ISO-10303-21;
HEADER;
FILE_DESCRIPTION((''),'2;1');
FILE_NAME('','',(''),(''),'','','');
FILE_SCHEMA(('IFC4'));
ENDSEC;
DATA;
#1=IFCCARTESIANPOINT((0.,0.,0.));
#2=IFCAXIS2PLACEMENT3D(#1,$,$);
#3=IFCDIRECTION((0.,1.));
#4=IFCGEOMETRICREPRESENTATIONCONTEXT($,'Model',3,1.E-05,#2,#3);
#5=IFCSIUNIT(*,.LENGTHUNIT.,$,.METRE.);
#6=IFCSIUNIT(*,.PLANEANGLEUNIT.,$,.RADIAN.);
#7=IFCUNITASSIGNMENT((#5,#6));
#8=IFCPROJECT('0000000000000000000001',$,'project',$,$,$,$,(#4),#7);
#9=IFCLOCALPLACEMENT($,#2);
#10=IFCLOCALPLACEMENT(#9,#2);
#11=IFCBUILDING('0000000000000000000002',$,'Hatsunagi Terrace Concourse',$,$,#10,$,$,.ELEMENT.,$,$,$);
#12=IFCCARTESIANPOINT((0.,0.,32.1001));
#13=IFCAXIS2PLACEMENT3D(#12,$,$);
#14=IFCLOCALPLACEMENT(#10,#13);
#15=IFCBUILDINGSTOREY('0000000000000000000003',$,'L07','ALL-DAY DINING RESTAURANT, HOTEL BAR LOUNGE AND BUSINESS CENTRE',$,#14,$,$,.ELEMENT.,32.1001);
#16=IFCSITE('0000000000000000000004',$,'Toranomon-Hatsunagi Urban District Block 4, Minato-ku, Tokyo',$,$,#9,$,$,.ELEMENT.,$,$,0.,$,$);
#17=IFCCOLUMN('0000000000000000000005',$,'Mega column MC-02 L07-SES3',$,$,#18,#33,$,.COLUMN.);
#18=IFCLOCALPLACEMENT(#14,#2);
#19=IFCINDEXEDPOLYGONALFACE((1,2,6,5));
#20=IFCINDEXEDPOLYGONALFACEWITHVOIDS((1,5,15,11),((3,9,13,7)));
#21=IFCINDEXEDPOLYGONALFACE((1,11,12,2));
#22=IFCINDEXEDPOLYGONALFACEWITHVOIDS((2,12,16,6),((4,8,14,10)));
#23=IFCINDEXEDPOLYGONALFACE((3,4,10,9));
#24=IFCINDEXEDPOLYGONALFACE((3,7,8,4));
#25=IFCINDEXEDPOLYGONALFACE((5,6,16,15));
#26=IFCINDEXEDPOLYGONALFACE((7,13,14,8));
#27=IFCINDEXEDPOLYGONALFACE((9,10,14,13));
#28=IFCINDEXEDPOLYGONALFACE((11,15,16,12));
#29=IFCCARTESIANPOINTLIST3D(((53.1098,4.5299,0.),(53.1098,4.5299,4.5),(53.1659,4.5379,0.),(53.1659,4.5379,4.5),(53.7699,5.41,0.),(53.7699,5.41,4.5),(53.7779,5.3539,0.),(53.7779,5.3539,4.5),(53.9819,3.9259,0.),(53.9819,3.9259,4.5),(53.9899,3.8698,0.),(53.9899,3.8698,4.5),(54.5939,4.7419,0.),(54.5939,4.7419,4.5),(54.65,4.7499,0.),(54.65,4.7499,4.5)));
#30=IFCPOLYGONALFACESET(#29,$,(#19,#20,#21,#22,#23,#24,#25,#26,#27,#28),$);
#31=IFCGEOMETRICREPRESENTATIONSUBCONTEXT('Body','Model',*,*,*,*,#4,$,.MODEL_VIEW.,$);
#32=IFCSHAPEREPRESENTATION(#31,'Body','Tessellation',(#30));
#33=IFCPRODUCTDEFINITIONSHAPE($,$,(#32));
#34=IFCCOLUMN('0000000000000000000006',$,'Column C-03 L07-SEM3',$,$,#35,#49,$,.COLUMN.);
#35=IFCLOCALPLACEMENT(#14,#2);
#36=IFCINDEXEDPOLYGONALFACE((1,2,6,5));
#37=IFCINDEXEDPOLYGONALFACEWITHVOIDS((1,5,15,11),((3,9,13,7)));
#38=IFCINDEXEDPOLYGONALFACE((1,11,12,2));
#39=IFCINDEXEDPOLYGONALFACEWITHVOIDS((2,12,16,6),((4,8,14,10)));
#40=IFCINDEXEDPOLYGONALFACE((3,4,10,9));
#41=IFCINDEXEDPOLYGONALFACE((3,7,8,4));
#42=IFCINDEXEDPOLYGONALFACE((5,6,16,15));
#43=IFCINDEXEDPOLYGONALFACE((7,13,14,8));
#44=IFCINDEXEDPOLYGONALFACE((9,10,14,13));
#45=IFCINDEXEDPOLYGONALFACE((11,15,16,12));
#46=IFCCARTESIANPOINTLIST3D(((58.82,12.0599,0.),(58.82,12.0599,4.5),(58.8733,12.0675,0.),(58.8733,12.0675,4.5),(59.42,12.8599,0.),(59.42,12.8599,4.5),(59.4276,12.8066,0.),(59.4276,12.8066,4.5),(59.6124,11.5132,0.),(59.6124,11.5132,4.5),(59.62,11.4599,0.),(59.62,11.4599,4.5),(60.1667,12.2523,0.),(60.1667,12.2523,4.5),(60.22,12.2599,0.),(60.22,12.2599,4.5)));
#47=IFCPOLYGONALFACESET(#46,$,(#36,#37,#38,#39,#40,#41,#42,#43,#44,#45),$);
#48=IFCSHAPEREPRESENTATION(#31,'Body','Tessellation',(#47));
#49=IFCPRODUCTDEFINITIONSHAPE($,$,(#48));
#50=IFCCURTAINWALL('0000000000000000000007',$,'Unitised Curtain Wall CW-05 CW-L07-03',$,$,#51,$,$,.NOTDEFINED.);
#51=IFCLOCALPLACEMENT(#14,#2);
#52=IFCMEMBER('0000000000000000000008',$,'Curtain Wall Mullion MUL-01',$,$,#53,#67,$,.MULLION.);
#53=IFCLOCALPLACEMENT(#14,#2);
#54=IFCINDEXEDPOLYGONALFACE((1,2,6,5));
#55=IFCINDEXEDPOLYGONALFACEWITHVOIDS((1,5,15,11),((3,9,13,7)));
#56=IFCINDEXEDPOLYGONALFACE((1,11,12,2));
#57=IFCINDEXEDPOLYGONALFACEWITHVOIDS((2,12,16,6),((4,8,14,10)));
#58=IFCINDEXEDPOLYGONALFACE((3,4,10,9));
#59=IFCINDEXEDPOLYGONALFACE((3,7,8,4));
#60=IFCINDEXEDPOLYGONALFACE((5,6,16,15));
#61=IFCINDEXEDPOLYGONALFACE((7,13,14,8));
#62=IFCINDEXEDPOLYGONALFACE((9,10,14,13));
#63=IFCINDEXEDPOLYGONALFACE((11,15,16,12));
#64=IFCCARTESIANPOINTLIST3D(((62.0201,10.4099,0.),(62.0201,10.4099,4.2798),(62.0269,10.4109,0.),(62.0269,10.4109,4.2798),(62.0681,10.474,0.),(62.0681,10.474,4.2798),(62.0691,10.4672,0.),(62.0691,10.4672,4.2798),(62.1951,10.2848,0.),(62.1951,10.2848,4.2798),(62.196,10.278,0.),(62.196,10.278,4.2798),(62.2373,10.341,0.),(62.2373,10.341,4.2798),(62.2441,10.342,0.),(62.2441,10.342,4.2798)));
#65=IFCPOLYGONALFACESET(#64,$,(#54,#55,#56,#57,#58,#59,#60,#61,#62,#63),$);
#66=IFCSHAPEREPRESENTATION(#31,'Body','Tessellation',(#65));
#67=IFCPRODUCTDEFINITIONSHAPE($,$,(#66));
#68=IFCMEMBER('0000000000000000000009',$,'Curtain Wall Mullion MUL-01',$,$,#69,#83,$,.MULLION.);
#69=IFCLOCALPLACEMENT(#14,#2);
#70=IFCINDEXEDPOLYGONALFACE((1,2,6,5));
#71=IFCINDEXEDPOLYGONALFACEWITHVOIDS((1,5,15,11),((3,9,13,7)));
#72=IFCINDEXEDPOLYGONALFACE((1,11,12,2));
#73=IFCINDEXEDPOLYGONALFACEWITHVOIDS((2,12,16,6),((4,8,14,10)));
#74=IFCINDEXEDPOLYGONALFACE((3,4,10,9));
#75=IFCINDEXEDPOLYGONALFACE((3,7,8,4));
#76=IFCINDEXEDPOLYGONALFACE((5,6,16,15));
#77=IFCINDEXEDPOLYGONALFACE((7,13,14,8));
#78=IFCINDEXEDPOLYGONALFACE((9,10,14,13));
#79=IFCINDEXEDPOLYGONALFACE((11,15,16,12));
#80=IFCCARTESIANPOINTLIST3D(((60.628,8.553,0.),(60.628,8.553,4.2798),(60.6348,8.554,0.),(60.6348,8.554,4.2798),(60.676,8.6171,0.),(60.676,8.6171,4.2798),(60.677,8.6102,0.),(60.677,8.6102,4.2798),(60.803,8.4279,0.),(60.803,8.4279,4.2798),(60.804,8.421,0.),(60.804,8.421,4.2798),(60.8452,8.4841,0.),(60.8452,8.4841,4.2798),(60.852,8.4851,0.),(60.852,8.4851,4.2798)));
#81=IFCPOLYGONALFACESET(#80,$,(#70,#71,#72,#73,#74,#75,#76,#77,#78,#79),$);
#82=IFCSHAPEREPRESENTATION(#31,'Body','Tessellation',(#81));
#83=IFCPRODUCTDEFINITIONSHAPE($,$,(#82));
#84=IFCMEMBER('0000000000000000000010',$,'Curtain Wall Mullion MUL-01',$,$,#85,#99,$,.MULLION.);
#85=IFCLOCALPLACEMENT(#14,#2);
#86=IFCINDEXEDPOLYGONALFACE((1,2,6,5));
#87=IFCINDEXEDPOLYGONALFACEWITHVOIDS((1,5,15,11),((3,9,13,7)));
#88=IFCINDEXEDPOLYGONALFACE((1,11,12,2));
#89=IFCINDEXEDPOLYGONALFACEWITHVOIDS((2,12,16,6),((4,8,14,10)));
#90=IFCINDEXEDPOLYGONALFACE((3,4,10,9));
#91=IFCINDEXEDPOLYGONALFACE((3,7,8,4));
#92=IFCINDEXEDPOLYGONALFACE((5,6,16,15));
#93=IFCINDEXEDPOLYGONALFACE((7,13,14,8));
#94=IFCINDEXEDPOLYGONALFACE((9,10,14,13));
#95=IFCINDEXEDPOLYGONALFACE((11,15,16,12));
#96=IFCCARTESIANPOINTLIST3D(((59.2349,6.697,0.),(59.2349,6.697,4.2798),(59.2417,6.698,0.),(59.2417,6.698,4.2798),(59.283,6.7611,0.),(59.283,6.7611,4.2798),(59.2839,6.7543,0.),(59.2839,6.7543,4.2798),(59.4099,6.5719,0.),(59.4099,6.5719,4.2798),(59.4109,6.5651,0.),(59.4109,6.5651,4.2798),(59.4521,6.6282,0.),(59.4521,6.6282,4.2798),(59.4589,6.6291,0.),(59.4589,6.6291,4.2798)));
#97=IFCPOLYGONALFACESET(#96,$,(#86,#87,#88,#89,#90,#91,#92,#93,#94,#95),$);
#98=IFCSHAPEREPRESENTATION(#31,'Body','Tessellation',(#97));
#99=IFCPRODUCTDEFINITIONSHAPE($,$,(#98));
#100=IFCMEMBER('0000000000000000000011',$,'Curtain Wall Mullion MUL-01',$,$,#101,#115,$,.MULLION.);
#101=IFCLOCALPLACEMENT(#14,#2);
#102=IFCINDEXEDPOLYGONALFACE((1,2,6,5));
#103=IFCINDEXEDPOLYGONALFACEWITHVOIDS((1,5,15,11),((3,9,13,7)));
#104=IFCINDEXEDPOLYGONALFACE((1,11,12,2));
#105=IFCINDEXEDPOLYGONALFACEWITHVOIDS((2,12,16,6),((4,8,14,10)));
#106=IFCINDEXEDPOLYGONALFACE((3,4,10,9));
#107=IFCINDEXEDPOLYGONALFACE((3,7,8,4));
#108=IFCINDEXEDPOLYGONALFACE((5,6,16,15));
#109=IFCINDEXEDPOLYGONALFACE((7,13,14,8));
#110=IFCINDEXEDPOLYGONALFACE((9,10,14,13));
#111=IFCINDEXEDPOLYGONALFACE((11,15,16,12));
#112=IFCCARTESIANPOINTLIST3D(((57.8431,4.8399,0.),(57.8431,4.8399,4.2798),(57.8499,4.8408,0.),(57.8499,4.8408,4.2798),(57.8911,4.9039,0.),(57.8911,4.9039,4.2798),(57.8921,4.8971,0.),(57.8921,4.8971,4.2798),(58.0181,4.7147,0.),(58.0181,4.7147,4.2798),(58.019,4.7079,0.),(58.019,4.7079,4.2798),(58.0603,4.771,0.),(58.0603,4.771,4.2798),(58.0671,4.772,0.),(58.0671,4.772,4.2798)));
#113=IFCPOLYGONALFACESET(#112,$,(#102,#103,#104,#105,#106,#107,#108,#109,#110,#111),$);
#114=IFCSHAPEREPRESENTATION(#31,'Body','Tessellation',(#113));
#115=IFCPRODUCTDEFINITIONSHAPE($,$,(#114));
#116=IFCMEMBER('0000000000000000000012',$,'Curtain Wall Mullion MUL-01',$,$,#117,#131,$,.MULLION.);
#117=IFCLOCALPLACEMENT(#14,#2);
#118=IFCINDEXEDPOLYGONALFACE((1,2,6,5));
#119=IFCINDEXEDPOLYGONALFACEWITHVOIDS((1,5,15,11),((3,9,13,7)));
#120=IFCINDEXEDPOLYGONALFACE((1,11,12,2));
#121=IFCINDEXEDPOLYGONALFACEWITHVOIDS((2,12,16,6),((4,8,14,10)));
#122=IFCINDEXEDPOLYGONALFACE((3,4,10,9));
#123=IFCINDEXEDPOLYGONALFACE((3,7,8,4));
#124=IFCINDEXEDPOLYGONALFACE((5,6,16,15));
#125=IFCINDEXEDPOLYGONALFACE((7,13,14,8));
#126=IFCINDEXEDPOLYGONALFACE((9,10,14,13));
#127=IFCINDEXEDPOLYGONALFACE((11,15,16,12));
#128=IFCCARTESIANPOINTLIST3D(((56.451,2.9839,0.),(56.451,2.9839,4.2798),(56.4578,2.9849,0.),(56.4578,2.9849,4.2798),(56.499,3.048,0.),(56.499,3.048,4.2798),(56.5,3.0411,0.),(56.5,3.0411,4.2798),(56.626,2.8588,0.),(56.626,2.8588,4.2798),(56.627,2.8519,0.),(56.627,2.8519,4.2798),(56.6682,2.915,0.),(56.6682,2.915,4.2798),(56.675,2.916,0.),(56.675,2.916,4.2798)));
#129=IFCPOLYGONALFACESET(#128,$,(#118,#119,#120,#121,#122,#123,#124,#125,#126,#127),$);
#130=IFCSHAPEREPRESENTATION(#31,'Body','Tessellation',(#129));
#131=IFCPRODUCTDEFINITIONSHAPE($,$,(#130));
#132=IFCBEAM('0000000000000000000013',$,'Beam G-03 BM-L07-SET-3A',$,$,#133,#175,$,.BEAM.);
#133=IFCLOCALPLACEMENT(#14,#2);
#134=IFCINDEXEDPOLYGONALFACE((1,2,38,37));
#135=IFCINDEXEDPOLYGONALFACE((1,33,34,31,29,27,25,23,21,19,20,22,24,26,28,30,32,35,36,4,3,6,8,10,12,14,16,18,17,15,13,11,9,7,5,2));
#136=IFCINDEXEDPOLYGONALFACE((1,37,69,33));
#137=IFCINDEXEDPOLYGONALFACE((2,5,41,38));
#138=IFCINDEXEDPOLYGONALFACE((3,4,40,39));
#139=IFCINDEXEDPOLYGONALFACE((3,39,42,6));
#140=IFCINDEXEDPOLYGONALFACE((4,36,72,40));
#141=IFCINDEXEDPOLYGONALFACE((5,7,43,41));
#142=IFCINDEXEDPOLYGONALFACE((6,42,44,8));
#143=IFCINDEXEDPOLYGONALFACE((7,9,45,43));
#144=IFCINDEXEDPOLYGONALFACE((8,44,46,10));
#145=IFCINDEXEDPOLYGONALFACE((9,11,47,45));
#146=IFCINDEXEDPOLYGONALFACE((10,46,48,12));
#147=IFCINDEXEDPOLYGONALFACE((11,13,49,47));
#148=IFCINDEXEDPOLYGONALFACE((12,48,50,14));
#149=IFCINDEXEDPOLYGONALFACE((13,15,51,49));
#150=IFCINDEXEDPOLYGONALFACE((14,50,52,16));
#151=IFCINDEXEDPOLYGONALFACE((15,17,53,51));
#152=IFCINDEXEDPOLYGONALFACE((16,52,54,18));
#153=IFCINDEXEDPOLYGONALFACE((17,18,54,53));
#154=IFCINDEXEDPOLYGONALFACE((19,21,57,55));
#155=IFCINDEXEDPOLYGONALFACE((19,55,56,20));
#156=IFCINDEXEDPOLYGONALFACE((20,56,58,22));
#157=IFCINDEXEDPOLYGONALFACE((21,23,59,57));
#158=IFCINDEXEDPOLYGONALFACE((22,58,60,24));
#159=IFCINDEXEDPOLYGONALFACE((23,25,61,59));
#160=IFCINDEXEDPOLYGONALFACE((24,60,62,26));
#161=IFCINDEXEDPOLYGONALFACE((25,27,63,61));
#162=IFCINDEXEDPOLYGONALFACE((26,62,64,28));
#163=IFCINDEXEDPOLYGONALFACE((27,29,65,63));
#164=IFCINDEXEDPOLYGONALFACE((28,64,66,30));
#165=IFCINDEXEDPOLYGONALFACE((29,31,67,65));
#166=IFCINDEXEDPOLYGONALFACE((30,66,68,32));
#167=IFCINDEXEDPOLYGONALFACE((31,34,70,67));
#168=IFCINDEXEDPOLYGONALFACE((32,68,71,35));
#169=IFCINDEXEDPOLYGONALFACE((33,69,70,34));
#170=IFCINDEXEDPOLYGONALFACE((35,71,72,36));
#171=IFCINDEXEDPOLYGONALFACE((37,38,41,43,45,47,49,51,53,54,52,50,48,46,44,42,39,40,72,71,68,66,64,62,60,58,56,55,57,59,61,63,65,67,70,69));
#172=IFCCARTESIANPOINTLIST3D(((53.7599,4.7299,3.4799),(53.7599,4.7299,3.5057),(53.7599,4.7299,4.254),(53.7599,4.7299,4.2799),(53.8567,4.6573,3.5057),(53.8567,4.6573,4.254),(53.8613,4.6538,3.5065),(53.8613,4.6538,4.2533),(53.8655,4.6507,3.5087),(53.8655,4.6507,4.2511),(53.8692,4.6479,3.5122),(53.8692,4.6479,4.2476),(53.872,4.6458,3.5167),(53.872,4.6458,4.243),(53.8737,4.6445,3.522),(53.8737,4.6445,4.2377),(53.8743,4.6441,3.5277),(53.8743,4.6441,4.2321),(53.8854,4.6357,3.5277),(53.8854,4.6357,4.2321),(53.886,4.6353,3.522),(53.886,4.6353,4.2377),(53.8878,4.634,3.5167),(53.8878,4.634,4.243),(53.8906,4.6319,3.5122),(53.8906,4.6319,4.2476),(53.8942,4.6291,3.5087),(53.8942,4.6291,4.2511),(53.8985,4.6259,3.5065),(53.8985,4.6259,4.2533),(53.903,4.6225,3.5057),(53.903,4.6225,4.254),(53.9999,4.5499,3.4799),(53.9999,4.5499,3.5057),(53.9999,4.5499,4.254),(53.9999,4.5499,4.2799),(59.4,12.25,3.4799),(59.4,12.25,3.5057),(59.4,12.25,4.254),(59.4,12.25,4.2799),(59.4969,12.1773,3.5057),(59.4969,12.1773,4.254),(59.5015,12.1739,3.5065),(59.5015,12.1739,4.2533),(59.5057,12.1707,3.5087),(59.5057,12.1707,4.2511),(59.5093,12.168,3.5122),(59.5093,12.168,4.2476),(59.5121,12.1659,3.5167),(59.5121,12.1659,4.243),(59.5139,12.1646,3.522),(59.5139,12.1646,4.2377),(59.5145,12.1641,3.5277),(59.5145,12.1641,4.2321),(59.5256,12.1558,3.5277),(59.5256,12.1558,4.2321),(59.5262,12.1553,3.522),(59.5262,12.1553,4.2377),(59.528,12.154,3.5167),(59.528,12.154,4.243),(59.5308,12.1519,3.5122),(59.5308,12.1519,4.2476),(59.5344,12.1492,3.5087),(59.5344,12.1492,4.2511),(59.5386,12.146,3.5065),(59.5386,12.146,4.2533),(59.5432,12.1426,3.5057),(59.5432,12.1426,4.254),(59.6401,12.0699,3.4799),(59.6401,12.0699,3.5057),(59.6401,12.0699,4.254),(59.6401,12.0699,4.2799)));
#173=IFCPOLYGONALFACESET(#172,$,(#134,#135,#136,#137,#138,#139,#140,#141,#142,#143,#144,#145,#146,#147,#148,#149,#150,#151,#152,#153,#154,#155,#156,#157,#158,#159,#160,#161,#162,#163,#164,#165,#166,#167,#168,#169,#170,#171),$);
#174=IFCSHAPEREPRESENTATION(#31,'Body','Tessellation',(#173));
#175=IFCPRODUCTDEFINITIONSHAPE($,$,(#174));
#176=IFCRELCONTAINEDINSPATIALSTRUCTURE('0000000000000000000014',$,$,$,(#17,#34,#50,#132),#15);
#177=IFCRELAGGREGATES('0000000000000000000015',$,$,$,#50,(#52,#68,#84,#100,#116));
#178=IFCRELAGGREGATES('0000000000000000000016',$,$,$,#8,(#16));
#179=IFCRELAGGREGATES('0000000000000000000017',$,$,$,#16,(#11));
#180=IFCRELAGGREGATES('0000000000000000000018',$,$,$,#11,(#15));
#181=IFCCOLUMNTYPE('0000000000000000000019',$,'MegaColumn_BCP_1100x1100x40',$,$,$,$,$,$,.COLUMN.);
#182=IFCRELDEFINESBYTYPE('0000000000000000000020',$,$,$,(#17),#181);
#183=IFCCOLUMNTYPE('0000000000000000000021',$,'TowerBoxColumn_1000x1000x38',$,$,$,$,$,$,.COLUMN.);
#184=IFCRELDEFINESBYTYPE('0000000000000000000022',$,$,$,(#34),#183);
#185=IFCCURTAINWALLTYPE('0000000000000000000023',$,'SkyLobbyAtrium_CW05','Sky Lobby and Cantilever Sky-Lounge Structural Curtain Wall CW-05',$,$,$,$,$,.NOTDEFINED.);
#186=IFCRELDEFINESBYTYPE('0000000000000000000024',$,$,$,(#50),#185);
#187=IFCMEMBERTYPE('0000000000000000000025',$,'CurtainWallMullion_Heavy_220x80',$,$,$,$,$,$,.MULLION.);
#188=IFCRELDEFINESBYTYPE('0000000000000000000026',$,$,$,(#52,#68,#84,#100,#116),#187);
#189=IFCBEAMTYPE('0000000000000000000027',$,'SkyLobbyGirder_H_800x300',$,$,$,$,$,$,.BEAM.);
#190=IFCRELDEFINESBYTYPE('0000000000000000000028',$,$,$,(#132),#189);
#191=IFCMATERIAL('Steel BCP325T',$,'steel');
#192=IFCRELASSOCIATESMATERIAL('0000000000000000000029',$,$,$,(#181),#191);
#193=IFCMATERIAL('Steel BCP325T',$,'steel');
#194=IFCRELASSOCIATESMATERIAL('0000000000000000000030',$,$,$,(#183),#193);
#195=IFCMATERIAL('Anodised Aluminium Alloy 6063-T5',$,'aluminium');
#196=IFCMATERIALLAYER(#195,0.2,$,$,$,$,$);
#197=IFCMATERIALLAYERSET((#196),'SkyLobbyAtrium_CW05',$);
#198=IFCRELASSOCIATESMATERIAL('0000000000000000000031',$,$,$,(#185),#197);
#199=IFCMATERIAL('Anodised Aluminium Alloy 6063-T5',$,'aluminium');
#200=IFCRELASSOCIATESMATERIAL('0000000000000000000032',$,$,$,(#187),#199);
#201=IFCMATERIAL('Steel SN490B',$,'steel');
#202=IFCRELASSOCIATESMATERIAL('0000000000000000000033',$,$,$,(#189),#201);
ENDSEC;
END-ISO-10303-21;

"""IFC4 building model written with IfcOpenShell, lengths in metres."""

from ifc_helpers import new_model, si_unit, direction, frame, origin, origin_2d, place, context, subcontext, project, spatial, hollow_rectangle, i_section, extrude, material, layer, layer_set, material_profile, profile_set, type_object, element, aggregate, save


model = new_model("IFC4")

# Units and contexts
model_context = context("Model", 3, precision=1e-05, world=origin(), true_north=direction((0.0, 1.0)))
body_context = subcontext(model_context, "Body", "Model", "MODEL_VIEW")
ifc_project = project(units=[si_unit("LENGTHUNIT", "METRE"), si_unit("PLANEANGLEUNIT", "RADIAN")], contexts=[model_context])

# Site, building, storey
site_placement = place(None, origin())
site = spatial("IfcSite", under=ifc_project, at=site_placement, Name="Toranomon-Hatsunagi Urban District Block 4, Minato-ku, Tokyo", CompositionType="ELEMENT", RefElevation=0.0)
building_placement = place(site_placement, origin())
building = spatial("IfcBuilding", under=site, at=building_placement, Name="Hatsunagi Terrace Concourse", CompositionType="ELEMENT")
storey_placement = place(building_placement, frame((0.0, 0.0, 32.1001)))
storey = spatial("IfcBuildingStorey", under=building, at=storey_placement, Name="L07", Description="ALL-DAY DINING RESTAURANT, HOTEL BAR LOUNGE AND BUSINESS CENTRE", CompositionType="ELEMENT", Elevation=32.1001)

# Columns
ifc_material_1 = material(Name="Steel BCP325T", Category="steel")
ifc_material_profile_1 = material_profile(ifc_material_1, hollow_rectangle(XDim=1.1001, YDim=1.1001, WallThickness=0.04, at=origin_2d()), Name="BCP-1100x1100x40")
ifc_profile_set_1 = profile_set([ifc_material_profile_1], Name="Steel BCP325T")
column_type_1 = type_object("IfcColumnType", Name="MegaColumn_BCP_1100x1100x40", PredefinedType="COLUMN", material=ifc_profile_set_1)
column_1_placement = place(storey_placement, frame((53.8799, 4.6399, 0.0), z_axis=(0.0, 0.0, 1.0), x_axis=(0.8, -0.6, 0.0)))
element("IfcColumn", 1, at=column_1_placement, inside=storey, type_object=column_type_1, Name="Mega column MC-02 L07-SES3", PredefinedType="COLUMN", context=body_context, shape_type="SweptSolid", body=[
    extrude(hollow_rectangle(XDim=1.1001, YDim=1.1001, WallThickness=0.04, at=origin_2d()), origin(), (0.0, 0.0, 1.0), 4.5),
])
ifc_material_2 = material(Name="Steel BCP325T", Category="steel")
ifc_material_profile_2 = material_profile(ifc_material_2, hollow_rectangle(XDim=1.0, YDim=1.0, WallThickness=0.0381, at=origin_2d()), Name="BCP-1000x1000x38")
ifc_profile_set_2 = profile_set([ifc_material_profile_2], Name="Steel BCP325T")
column_type_2 = type_object("IfcColumnType", Name="TowerBoxColumn_1000x1000x38", PredefinedType="COLUMN", material=ifc_profile_set_2)
column_2_placement = place(storey_placement, frame((59.52, 12.1599, 0.0), z_axis=(0.0, 0.0, 1.0), x_axis=(0.8, -0.6, 0.0)))
element("IfcColumn", 2, at=column_2_placement, inside=storey, type_object=column_type_2, Name="Column C-03 L07-SEM3", PredefinedType="COLUMN", context=body_context, shape_type="SweptSolid", body=[
    extrude(hollow_rectangle(XDim=1.0, YDim=1.0, WallThickness=0.0381, at=origin_2d()), origin(), (0.0, 0.0, 1.0), 4.5),
])

# Curtain wall, members
ifc_material_3 = material(Name="Anodised Aluminium Alloy 6063-T5", Category="aluminium")
ifc_layer_1 = layer(ifc_material_3, 0.2)
ifc_layer_set_1 = layer_set([ifc_layer_1], Name="SkyLobbyAtrium_CW05")
curtain_wall_type = type_object("IfcCurtainWallType", Name="SkyLobbyAtrium_CW05", Description="Sky Lobby and Cantilever Sky-Lounge Structural Curtain Wall CW-05", PredefinedType="NOTDEFINED", material=ifc_layer_set_1)
curtain_wall_placement = place(storey_placement, origin())
curtain_wall = element("IfcCurtainWall", 3, at=curtain_wall_placement, inside=storey, type_object=curtain_wall_type, Name="Unitised Curtain Wall CW-05 CW-L07-03", PredefinedType="NOTDEFINED")
ifc_material_4 = material(Name="Anodised Aluminium Alloy 6063-T5", Category="aluminium")
ifc_material_profile_3 = material_profile(ifc_material_4, hollow_rectangle(XDim=0.0801, YDim=0.22, WallThickness=0.0049, at=origin_2d()), Name="ALU-MUL-220x80x5")
ifc_profile_set_3 = profile_set([ifc_material_profile_3], Name="Anodised Aluminium Alloy 6063-T5")
member_type = type_object("IfcMemberType", Name="CurtainWallMullion_Heavy_220x80", PredefinedType="MULLION", material=ifc_profile_set_3)
member_1_placement = place(storey_placement, frame((62.1321, 10.376, 0.0), z_axis=(0.0, 0.0, 1.0), x_axis=(-0.599969, -0.800023, 0.0)))
member_1 = element("IfcMember", 4, at=member_1_placement, type_object=member_type, Name="Curtain Wall Mullion MUL-01", PredefinedType="MULLION", context=body_context, shape_type="SweptSolid", body=[
    extrude(hollow_rectangle(XDim=0.0801, YDim=0.22, WallThickness=0.0049, at=origin_2d()), origin(), (0.0, 0.0, 1.0), 4.2798),
])
member_2_placement = place(storey_placement, frame((60.74, 8.519, 0.0), z_axis=(0.0, 0.0, 1.0), x_axis=(-0.599969, -0.800023, 0.0)))
member_2 = element("IfcMember", 5, at=member_2_placement, type_object=member_type, Name="Curtain Wall Mullion MUL-01", PredefinedType="MULLION", context=body_context, shape_type="SweptSolid", body=[
    extrude(hollow_rectangle(XDim=0.0801, YDim=0.22, WallThickness=0.0049, at=origin_2d()), origin(), (0.0, 0.0, 1.0), 4.2798),
])
member_3_placement = place(storey_placement, frame((59.3469, 6.6631, 0.0), z_axis=(0.0, 0.0, 1.0), x_axis=(-0.599969, -0.800023, 0.0)))
member_3 = element("IfcMember", 6, at=member_3_placement, type_object=member_type, Name="Curtain Wall Mullion MUL-01", PredefinedType="MULLION", context=body_context, shape_type="SweptSolid", body=[
    extrude(hollow_rectangle(XDim=0.0801, YDim=0.22, WallThickness=0.0049, at=origin_2d()), origin(), (0.0, 0.0, 1.0), 4.2798),
])
member_4_placement = place(storey_placement, frame((57.9551, 4.8059, 0.0), z_axis=(0.0, 0.0, 1.0), x_axis=(-0.599969, -0.800023, 0.0)))
member_4 = element("IfcMember", 7, at=member_4_placement, type_object=member_type, Name="Curtain Wall Mullion MUL-01", PredefinedType="MULLION", context=body_context, shape_type="SweptSolid", body=[
    extrude(hollow_rectangle(XDim=0.0801, YDim=0.22, WallThickness=0.0049, at=origin_2d()), origin(), (0.0, 0.0, 1.0), 4.2798),
])
member_5_placement = place(storey_placement, frame((56.563, 2.95, 0.0), z_axis=(0.0, 0.0, 1.0), x_axis=(-0.599969, -0.800023, 0.0)))
member_5 = element("IfcMember", 8, at=member_5_placement, type_object=member_type, Name="Curtain Wall Mullion MUL-01", PredefinedType="MULLION", context=body_context, shape_type="SweptSolid", body=[
    extrude(hollow_rectangle(XDim=0.0801, YDim=0.22, WallThickness=0.0049, at=origin_2d()), origin(), (0.0, 0.0, 1.0), 4.2798),
])

# Beam
ifc_material_5 = material(Name="Steel SN490B", Category="steel")
ifc_material_profile_4 = material_profile(ifc_material_5, i_section(OverallWidth=0.3, OverallDepth=0.8, WebThickness=0.0139, FlangeThickness=0.0259, FilletRadius=0.022, at=origin_2d()), Name="H-800x300x14x26")
ifc_profile_set_4 = profile_set([ifc_material_profile_4], Name="Steel SN490B")
beam_type = type_object("IfcBeamType", Name="SkyLobbyGirder_H_800x300", PredefinedType="BEAM", material=ifc_profile_set_4)
beam_1_placement = place(storey_placement, frame((53.8799, 4.6399, 3.8799), z_axis=(0.600008, 0.799994, 0.0), x_axis=(-0.799994, 0.600008, 0.0)))
element("IfcBeam", 9, at=beam_1_placement, inside=storey, type_object=beam_type, Name="Beam G-03 BM-L07-SET-3A", PredefinedType="BEAM", context=body_context, shape_type="SweptSolid", body=[
    extrude(i_section(OverallWidth=0.3, OverallDepth=0.8, WebThickness=0.0139, FlangeThickness=0.0259, FilletRadius=0.022, at=origin_2d()), origin(), (0.0, 0.0, 1.0), 9.4001),
])

aggregate(curtain_wall, [member_1, member_2, member_3, member_4, member_5])

save(model, "model.ifc")
